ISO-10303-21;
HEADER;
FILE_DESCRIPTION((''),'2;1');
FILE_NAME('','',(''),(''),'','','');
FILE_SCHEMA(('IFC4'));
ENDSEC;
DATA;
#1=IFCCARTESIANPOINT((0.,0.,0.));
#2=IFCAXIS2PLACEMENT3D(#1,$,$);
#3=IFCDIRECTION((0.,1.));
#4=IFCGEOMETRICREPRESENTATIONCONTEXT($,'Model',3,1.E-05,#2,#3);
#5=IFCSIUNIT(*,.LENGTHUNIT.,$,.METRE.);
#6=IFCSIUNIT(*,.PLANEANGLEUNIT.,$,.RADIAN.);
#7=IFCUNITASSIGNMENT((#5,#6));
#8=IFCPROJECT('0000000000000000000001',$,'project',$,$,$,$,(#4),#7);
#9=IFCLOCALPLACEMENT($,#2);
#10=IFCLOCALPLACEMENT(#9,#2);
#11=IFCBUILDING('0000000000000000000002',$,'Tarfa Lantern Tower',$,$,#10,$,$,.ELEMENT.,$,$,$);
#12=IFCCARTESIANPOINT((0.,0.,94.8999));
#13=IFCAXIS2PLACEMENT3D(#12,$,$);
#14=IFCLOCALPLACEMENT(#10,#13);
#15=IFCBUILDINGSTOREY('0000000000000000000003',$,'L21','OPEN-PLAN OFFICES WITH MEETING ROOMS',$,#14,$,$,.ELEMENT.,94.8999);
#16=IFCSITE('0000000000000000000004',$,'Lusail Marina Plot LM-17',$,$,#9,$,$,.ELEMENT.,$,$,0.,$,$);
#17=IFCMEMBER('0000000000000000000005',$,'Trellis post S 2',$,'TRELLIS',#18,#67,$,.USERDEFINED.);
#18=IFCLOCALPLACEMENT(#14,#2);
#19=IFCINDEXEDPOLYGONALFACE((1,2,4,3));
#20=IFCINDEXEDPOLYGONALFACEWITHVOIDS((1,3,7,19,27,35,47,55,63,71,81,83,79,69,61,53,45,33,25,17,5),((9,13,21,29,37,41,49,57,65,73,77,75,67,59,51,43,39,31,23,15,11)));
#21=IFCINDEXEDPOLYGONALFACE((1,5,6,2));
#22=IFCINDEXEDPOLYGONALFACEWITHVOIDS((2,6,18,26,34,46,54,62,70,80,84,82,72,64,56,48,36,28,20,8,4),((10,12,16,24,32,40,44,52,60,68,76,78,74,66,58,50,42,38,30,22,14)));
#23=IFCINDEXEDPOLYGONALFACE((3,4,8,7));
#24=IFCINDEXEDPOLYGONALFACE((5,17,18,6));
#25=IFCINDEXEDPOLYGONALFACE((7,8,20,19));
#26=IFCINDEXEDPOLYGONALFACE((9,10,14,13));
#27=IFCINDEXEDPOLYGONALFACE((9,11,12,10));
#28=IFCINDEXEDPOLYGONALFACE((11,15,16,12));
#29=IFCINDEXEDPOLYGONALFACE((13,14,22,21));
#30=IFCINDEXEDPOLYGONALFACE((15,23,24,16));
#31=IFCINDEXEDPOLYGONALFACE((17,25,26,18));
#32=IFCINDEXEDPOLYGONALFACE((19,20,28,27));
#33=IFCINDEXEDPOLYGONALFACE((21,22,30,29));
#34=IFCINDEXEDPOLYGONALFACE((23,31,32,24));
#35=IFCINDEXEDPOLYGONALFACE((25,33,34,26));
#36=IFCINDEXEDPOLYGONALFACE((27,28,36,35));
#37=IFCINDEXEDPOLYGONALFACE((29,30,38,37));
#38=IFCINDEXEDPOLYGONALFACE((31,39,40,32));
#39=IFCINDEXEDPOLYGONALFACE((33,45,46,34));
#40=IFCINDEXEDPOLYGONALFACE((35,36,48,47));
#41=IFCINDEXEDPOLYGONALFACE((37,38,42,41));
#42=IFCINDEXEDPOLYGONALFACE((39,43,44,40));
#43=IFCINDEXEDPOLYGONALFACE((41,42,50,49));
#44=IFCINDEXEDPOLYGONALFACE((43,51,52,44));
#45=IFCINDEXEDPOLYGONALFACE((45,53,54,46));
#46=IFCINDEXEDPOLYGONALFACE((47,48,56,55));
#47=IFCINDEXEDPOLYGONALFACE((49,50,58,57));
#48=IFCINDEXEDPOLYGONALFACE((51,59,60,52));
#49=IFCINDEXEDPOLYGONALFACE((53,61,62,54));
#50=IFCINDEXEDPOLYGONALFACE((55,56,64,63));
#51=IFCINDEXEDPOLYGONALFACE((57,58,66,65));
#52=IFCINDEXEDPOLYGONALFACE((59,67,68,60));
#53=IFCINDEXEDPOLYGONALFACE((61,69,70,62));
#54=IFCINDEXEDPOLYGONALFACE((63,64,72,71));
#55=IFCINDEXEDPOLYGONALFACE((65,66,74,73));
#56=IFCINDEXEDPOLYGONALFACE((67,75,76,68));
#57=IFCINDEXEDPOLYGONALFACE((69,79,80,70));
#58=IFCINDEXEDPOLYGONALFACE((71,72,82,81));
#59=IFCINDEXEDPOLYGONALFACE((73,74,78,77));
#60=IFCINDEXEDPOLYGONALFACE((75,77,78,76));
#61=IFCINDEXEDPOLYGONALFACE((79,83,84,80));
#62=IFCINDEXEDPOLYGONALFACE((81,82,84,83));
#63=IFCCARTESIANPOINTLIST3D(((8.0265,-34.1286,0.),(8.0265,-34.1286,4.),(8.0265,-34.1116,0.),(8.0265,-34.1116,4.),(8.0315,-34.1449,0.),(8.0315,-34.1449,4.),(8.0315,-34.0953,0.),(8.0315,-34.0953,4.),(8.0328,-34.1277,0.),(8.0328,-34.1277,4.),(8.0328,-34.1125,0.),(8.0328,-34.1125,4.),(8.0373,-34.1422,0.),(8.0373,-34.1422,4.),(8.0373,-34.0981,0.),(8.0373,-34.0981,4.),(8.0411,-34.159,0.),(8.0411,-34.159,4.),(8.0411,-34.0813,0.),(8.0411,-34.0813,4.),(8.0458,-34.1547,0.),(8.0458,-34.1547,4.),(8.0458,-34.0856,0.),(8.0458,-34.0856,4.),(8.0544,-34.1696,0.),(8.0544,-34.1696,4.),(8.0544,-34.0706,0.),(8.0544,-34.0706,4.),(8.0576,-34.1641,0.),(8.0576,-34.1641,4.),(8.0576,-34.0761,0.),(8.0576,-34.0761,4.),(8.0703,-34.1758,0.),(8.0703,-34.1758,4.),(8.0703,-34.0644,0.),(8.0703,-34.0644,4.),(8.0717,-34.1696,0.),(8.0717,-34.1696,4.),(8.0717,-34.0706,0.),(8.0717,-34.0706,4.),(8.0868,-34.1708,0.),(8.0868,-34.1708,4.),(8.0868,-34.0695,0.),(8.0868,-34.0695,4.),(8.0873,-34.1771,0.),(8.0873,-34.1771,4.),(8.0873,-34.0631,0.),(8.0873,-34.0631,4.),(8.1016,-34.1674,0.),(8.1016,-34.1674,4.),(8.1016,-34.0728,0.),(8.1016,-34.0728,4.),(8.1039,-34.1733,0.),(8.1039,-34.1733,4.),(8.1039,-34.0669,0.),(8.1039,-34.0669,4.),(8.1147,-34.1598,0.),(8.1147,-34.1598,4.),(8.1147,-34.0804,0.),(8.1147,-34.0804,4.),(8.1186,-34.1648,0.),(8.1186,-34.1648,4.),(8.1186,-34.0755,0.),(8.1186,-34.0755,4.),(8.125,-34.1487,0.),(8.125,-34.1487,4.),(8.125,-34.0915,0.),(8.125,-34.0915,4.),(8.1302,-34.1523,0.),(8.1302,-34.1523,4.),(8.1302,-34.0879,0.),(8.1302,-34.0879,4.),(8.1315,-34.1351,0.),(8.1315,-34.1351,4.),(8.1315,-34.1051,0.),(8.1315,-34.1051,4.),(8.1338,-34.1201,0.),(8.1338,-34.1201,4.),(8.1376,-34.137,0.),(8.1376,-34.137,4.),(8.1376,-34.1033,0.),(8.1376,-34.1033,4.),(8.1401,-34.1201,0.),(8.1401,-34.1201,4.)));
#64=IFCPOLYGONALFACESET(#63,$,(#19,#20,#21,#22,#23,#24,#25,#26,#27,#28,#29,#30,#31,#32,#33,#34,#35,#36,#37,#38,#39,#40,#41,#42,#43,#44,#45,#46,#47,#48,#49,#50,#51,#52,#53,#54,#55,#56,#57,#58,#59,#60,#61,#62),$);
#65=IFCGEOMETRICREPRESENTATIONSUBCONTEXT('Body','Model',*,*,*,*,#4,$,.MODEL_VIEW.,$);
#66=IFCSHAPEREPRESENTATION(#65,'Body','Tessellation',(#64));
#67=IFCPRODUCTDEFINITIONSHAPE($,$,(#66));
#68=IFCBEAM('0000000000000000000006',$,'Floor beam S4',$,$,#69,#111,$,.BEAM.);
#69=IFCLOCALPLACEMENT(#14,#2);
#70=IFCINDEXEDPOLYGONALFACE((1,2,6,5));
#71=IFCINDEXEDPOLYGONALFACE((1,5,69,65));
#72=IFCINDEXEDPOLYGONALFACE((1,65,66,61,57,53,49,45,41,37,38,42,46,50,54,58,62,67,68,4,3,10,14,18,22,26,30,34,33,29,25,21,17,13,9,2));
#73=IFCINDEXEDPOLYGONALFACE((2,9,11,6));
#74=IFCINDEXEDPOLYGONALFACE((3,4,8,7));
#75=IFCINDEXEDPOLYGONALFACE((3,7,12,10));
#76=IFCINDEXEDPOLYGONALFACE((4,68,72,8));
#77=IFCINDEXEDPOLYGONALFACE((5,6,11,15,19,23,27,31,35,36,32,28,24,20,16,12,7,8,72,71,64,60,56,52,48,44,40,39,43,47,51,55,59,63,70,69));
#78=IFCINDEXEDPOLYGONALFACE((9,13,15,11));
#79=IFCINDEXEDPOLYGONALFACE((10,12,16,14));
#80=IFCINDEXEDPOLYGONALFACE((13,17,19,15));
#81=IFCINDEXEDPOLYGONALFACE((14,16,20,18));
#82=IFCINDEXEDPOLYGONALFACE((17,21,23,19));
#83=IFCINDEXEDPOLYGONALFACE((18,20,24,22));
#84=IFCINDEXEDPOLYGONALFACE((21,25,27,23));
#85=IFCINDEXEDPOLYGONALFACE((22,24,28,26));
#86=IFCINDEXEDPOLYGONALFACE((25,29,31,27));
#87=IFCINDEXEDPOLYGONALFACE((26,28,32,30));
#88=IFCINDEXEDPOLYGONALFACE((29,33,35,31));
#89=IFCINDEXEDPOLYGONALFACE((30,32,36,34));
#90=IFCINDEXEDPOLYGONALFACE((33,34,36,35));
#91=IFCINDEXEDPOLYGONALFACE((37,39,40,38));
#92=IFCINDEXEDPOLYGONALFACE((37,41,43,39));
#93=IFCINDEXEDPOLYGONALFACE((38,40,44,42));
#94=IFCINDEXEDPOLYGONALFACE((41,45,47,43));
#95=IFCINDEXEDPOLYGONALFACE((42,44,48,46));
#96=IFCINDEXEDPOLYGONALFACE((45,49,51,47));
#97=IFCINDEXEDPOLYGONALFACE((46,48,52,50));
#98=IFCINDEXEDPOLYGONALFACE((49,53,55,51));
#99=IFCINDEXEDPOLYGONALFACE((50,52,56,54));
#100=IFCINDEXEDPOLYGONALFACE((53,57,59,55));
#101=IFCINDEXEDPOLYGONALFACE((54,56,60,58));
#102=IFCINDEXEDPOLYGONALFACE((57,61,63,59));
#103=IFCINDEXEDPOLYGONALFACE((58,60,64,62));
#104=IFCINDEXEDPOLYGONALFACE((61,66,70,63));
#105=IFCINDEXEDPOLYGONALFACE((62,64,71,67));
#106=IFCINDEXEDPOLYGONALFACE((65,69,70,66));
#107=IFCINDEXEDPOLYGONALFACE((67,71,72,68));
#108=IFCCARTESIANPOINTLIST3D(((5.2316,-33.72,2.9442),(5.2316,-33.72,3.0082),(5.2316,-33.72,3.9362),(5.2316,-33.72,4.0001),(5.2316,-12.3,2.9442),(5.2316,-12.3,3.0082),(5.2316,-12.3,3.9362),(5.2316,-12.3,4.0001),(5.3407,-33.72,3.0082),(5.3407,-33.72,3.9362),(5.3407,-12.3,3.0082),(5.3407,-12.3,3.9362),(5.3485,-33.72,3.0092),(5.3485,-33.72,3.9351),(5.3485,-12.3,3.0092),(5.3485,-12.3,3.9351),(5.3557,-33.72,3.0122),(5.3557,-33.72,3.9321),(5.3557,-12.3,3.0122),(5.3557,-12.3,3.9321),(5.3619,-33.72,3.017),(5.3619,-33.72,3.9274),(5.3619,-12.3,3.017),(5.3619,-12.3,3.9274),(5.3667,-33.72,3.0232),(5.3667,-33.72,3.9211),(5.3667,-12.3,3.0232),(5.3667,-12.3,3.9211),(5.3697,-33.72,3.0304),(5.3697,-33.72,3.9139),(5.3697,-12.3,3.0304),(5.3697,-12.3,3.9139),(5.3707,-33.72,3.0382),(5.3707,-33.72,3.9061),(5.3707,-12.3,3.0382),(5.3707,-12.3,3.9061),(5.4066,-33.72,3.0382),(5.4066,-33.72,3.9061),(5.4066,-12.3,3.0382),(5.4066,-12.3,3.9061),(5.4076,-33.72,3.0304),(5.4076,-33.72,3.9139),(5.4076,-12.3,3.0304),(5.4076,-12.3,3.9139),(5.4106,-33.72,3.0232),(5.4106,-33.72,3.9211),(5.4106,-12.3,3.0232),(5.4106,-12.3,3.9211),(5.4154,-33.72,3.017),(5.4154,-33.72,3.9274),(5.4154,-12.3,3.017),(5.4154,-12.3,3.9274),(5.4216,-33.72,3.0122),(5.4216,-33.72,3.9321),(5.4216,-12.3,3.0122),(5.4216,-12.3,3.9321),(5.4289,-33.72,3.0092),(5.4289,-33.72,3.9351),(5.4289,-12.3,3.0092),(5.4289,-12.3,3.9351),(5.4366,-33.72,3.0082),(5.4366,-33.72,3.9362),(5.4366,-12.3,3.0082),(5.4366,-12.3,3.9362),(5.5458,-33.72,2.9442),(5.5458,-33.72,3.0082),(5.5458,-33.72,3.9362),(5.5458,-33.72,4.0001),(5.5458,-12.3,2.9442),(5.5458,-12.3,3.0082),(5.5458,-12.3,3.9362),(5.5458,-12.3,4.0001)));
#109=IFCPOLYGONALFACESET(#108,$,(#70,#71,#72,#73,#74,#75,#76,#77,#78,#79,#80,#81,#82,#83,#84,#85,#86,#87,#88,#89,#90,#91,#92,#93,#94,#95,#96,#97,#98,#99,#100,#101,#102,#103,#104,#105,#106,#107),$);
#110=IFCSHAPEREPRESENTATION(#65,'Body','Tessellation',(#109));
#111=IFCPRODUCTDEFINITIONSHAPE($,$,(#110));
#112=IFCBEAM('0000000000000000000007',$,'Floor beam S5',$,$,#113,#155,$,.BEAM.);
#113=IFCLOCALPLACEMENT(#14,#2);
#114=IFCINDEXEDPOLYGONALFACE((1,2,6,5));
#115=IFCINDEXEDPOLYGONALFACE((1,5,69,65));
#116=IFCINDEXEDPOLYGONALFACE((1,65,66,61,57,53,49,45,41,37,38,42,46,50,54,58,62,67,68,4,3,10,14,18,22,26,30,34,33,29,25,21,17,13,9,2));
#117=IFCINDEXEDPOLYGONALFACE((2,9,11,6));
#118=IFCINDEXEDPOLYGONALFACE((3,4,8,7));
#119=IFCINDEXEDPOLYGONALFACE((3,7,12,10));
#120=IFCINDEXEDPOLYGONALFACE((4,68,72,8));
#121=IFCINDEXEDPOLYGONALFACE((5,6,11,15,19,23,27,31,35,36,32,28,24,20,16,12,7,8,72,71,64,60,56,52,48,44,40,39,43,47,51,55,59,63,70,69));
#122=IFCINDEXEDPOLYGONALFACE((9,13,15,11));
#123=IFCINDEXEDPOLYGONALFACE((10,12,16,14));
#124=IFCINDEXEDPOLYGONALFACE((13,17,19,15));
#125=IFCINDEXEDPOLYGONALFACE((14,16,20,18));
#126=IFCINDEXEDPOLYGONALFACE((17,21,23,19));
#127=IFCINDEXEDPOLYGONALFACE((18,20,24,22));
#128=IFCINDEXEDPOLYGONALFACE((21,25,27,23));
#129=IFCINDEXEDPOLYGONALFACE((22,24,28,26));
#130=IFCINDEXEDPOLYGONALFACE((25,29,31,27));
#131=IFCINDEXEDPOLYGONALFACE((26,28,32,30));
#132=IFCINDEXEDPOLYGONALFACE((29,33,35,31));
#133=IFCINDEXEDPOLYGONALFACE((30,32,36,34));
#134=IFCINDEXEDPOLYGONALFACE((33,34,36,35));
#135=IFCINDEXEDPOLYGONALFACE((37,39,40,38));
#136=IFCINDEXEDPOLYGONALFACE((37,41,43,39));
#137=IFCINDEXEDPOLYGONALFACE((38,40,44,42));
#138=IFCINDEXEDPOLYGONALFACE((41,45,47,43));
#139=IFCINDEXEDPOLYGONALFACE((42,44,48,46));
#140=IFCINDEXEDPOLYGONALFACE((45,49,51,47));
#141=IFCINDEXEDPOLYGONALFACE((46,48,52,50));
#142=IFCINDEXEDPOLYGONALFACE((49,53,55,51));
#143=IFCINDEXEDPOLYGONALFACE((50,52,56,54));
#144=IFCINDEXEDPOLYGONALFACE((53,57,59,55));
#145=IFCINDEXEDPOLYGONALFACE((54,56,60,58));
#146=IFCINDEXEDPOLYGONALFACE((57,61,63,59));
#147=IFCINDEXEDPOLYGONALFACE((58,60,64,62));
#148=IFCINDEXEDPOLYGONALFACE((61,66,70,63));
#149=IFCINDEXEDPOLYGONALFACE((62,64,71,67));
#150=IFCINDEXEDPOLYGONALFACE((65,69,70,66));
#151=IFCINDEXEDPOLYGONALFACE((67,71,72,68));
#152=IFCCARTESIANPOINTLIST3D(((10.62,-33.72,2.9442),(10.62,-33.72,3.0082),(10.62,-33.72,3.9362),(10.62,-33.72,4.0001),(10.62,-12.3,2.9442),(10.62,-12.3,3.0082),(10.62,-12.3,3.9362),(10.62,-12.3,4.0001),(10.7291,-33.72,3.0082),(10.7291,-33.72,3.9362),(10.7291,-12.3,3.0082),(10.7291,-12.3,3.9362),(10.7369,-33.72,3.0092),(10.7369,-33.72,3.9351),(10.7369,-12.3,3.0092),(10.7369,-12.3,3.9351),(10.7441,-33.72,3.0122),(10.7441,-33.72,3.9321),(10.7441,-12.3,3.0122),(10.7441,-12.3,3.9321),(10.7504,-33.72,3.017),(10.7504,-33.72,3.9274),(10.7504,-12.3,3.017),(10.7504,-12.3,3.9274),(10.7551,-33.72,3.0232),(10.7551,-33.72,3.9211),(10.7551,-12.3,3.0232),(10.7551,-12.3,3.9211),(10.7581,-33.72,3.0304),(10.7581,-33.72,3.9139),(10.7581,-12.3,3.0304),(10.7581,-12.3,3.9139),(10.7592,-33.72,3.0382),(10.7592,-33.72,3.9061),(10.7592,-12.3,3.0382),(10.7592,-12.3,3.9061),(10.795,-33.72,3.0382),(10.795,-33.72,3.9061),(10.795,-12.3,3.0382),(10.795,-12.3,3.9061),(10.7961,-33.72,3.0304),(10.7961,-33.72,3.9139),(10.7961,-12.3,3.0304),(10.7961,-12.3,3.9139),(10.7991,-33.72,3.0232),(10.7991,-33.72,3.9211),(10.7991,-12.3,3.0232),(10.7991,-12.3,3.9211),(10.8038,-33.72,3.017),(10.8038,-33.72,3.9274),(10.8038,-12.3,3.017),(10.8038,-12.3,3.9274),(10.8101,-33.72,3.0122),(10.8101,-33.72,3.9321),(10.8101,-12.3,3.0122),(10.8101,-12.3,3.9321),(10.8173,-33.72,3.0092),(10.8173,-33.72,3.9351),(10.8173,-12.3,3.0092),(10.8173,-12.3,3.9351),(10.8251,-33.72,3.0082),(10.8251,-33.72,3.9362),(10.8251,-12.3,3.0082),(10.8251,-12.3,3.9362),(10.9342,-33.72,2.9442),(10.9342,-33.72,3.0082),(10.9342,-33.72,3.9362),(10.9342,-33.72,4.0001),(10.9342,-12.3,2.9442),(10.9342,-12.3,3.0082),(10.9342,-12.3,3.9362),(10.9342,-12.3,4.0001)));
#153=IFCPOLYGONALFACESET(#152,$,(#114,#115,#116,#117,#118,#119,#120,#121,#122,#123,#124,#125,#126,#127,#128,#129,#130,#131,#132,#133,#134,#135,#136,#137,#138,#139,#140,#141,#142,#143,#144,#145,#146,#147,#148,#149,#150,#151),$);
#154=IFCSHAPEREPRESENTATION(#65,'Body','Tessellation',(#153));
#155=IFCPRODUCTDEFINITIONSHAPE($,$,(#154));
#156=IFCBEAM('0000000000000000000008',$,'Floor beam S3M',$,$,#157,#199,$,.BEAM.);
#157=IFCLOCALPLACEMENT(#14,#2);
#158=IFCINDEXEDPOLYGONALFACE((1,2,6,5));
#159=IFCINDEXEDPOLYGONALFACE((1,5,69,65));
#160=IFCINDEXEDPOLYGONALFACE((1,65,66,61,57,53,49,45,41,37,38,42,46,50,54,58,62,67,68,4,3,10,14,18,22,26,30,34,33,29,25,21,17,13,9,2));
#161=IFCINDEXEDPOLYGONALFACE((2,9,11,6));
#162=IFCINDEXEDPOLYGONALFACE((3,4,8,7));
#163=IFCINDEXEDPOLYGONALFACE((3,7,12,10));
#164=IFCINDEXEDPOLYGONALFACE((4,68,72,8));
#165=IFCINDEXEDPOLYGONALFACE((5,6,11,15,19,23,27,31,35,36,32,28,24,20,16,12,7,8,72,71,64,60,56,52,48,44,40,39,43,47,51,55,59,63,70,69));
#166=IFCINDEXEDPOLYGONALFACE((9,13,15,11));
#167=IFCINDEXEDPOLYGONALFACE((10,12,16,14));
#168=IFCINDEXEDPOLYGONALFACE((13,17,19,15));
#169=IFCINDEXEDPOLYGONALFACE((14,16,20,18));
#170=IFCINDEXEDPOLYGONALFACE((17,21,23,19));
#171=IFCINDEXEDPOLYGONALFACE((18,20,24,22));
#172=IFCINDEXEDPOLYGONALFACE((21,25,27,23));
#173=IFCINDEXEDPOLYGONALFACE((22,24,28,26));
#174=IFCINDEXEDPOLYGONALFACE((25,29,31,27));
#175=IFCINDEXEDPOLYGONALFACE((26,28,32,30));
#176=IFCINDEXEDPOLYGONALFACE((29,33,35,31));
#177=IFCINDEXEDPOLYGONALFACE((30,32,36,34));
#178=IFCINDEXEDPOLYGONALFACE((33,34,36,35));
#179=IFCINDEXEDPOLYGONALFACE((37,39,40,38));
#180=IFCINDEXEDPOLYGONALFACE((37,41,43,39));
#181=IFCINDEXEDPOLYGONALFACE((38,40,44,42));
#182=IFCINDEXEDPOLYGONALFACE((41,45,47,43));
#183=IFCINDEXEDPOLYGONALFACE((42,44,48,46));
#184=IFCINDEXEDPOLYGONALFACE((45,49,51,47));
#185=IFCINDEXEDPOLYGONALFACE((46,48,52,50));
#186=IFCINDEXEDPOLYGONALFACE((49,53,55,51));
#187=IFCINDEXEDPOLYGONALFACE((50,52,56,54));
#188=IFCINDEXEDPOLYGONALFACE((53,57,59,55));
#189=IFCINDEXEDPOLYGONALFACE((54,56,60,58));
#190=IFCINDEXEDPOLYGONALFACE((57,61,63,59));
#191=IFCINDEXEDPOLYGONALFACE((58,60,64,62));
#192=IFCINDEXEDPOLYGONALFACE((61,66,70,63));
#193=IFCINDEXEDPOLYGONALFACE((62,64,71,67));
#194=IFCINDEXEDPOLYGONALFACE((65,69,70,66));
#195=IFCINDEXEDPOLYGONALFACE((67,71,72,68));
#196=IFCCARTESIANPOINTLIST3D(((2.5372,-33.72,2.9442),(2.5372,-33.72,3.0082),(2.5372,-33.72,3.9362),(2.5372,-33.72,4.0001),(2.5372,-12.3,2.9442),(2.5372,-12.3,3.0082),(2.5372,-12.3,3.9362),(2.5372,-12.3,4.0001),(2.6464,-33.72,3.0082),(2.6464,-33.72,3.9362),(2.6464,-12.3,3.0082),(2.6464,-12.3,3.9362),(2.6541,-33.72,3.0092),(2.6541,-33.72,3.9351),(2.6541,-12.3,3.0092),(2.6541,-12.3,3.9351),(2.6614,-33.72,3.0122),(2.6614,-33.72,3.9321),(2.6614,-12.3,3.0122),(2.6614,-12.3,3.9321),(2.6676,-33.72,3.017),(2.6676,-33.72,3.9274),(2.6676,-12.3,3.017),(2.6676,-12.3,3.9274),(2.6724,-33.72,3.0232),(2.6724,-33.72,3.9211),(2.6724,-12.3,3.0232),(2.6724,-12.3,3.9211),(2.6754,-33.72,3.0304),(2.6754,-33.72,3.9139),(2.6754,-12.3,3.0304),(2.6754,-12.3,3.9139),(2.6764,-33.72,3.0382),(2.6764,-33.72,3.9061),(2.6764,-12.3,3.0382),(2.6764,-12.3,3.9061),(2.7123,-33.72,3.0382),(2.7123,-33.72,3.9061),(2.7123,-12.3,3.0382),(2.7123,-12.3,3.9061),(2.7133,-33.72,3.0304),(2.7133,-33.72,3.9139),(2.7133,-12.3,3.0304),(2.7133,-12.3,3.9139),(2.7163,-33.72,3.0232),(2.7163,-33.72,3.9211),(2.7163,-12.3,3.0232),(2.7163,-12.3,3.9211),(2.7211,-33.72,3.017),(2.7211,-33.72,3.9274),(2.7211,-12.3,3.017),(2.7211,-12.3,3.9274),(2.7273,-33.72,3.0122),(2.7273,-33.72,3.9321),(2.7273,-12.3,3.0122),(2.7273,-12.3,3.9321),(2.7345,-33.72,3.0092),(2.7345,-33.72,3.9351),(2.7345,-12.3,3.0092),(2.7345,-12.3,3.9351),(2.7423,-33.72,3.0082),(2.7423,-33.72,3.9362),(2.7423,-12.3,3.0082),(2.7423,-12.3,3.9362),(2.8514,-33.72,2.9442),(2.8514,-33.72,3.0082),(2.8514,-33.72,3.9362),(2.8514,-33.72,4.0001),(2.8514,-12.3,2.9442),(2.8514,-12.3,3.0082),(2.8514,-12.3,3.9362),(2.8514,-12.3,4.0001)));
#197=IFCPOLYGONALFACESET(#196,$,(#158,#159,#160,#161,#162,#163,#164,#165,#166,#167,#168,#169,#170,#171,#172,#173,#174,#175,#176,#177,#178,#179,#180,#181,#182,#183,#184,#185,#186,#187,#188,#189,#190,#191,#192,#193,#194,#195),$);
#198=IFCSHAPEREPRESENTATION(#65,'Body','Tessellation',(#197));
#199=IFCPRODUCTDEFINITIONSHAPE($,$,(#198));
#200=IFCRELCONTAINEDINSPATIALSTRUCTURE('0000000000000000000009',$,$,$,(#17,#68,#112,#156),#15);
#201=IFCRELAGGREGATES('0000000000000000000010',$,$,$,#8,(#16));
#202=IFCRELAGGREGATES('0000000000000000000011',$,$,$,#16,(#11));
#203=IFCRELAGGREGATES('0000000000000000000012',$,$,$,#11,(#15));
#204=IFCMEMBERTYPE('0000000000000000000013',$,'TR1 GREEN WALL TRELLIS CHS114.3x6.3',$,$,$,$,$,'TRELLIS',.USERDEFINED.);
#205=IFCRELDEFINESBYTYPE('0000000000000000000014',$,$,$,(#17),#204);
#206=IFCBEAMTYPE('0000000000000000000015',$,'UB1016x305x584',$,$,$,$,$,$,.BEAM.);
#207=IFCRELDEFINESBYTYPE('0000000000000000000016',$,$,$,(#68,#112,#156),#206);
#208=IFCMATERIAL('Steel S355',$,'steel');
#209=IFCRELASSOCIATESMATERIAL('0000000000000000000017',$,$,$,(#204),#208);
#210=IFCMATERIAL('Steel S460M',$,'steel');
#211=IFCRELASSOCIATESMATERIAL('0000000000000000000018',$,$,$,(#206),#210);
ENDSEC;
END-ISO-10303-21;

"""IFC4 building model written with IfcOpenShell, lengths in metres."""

from ifc_helpers import new_model, si_unit, direction, frame, origin, origin_2d, place, context, subcontext, project, spatial, hollow_circle, i_section, extrude, material, material_profile, profile_set, type_object, element, save


model = new_model("IFC4")

# Units and contexts
model_context = context("Model", 3, precision=1e-05, world=origin(), true_north=direction((0.0, 1.0)))
body_context = subcontext(model_context, "Body", "Model", "MODEL_VIEW")
ifc_project = project(units=[si_unit("LENGTHUNIT", "METRE"), si_unit("PLANEANGLEUNIT", "RADIAN")], contexts=[model_context])

# Site, building, storey
site_placement = place(None, origin())
site = spatial("IfcSite", under=ifc_project, at=site_placement, Name="Lusail Marina Plot LM-17", CompositionType="ELEMENT", RefElevation=0.0)
building_placement = place(site_placement, origin())
building = spatial("IfcBuilding", under=site, at=building_placement, Name="Tarfa Lantern Tower", CompositionType="ELEMENT")
storey_placement = place(building_placement, frame((0.0, 0.0, 94.8999)))
storey = spatial("IfcBuildingStorey", under=building, at=storey_placement, Name="L21", Description="OPEN-PLAN OFFICES WITH MEETING ROOMS", CompositionType="ELEMENT", Elevation=94.8999)

# Member
ifc_material_1 = material(Name="Steel S355", Category="steel")
ifc_material_profile_1 = material_profile(ifc_material_1, hollow_circle(Radius=0.0571, WallThickness=0.0063, at=origin_2d()), Name="CHS114.3x6.3")
ifc_profile_set_1 = profile_set([ifc_material_profile_1], Name="Steel S355")
member_type_1 = type_object("IfcMemberType", Name="TR1 GREEN WALL TRELLIS CHS114.3x6.3", ElementType="TRELLIS", PredefinedType="USERDEFINED", material=ifc_profile_set_1)
member_1_placement = place(storey_placement, frame((8.083, -34.1201, 0.0), z_axis=(0.0, 0.0, 1.0), x_axis=(1.0, 0.0, 0.0)))
element("IfcMember", 1, at=member_1_placement, inside=storey, type_object=member_type_1, Name="Trellis post S 2", ObjectType="TRELLIS", PredefinedType="USERDEFINED", context=body_context, shape_type="SweptSolid", body=[
    extrude(hollow_circle(Radius=0.0571, WallThickness=0.0063, at=origin_2d()), origin(), (0.0, 0.0, 1.0), 4.0),
])

# Beams
ifc_material_2 = material(Name="Steel S460M", Category="steel")
ifc_material_profile_2 = material_profile(ifc_material_2, i_section(OverallWidth=0.3142, OverallDepth=1.0559, WebThickness=0.0359, FlangeThickness=0.064, FilletRadius=0.03, at=origin_2d()), Name="UB1016x305x584")
ifc_profile_set_2 = profile_set([ifc_material_profile_2], Name="Steel S460M")
beam_type_1 = type_object("IfcBeamType", Name="UB1016x305x584", PredefinedType="BEAM", material=ifc_profile_set_2)
for number, where, z_axis, x_axis, name in (
    (2, (5.3887, -33.72, 3.4722), (0.0, 1.0, 0.0), (-1.0, 0.0, 0.0), "Floor beam S4"),
    (3, (10.7771, -33.72, 3.4722), (0.0, 1.0, 0.0), (-1.0, 0.0, 0.0), "Floor beam S5"),
    (4, (2.6943, -33.72, 3.4722), (0.0, 1.0, 0.0), (-1.0, 0.0, 0.0), "Floor beam S3M"),
):
    element("IfcBeam", number, at=place(storey_placement, frame(where, z_axis=z_axis, x_axis=x_axis)), inside=storey, type_object=beam_type_1, Name=name, PredefinedType="BEAM", context=body_context, shape_type="SweptSolid", body=[
        extrude(i_section(OverallWidth=0.3142, OverallDepth=1.0559, WebThickness=0.0359, FlangeThickness=0.064, FilletRadius=0.03, at=origin_2d()), origin(), (0.0, 0.0, 1.0), 21.4199),
    ])

save(model, "model.ifc")
